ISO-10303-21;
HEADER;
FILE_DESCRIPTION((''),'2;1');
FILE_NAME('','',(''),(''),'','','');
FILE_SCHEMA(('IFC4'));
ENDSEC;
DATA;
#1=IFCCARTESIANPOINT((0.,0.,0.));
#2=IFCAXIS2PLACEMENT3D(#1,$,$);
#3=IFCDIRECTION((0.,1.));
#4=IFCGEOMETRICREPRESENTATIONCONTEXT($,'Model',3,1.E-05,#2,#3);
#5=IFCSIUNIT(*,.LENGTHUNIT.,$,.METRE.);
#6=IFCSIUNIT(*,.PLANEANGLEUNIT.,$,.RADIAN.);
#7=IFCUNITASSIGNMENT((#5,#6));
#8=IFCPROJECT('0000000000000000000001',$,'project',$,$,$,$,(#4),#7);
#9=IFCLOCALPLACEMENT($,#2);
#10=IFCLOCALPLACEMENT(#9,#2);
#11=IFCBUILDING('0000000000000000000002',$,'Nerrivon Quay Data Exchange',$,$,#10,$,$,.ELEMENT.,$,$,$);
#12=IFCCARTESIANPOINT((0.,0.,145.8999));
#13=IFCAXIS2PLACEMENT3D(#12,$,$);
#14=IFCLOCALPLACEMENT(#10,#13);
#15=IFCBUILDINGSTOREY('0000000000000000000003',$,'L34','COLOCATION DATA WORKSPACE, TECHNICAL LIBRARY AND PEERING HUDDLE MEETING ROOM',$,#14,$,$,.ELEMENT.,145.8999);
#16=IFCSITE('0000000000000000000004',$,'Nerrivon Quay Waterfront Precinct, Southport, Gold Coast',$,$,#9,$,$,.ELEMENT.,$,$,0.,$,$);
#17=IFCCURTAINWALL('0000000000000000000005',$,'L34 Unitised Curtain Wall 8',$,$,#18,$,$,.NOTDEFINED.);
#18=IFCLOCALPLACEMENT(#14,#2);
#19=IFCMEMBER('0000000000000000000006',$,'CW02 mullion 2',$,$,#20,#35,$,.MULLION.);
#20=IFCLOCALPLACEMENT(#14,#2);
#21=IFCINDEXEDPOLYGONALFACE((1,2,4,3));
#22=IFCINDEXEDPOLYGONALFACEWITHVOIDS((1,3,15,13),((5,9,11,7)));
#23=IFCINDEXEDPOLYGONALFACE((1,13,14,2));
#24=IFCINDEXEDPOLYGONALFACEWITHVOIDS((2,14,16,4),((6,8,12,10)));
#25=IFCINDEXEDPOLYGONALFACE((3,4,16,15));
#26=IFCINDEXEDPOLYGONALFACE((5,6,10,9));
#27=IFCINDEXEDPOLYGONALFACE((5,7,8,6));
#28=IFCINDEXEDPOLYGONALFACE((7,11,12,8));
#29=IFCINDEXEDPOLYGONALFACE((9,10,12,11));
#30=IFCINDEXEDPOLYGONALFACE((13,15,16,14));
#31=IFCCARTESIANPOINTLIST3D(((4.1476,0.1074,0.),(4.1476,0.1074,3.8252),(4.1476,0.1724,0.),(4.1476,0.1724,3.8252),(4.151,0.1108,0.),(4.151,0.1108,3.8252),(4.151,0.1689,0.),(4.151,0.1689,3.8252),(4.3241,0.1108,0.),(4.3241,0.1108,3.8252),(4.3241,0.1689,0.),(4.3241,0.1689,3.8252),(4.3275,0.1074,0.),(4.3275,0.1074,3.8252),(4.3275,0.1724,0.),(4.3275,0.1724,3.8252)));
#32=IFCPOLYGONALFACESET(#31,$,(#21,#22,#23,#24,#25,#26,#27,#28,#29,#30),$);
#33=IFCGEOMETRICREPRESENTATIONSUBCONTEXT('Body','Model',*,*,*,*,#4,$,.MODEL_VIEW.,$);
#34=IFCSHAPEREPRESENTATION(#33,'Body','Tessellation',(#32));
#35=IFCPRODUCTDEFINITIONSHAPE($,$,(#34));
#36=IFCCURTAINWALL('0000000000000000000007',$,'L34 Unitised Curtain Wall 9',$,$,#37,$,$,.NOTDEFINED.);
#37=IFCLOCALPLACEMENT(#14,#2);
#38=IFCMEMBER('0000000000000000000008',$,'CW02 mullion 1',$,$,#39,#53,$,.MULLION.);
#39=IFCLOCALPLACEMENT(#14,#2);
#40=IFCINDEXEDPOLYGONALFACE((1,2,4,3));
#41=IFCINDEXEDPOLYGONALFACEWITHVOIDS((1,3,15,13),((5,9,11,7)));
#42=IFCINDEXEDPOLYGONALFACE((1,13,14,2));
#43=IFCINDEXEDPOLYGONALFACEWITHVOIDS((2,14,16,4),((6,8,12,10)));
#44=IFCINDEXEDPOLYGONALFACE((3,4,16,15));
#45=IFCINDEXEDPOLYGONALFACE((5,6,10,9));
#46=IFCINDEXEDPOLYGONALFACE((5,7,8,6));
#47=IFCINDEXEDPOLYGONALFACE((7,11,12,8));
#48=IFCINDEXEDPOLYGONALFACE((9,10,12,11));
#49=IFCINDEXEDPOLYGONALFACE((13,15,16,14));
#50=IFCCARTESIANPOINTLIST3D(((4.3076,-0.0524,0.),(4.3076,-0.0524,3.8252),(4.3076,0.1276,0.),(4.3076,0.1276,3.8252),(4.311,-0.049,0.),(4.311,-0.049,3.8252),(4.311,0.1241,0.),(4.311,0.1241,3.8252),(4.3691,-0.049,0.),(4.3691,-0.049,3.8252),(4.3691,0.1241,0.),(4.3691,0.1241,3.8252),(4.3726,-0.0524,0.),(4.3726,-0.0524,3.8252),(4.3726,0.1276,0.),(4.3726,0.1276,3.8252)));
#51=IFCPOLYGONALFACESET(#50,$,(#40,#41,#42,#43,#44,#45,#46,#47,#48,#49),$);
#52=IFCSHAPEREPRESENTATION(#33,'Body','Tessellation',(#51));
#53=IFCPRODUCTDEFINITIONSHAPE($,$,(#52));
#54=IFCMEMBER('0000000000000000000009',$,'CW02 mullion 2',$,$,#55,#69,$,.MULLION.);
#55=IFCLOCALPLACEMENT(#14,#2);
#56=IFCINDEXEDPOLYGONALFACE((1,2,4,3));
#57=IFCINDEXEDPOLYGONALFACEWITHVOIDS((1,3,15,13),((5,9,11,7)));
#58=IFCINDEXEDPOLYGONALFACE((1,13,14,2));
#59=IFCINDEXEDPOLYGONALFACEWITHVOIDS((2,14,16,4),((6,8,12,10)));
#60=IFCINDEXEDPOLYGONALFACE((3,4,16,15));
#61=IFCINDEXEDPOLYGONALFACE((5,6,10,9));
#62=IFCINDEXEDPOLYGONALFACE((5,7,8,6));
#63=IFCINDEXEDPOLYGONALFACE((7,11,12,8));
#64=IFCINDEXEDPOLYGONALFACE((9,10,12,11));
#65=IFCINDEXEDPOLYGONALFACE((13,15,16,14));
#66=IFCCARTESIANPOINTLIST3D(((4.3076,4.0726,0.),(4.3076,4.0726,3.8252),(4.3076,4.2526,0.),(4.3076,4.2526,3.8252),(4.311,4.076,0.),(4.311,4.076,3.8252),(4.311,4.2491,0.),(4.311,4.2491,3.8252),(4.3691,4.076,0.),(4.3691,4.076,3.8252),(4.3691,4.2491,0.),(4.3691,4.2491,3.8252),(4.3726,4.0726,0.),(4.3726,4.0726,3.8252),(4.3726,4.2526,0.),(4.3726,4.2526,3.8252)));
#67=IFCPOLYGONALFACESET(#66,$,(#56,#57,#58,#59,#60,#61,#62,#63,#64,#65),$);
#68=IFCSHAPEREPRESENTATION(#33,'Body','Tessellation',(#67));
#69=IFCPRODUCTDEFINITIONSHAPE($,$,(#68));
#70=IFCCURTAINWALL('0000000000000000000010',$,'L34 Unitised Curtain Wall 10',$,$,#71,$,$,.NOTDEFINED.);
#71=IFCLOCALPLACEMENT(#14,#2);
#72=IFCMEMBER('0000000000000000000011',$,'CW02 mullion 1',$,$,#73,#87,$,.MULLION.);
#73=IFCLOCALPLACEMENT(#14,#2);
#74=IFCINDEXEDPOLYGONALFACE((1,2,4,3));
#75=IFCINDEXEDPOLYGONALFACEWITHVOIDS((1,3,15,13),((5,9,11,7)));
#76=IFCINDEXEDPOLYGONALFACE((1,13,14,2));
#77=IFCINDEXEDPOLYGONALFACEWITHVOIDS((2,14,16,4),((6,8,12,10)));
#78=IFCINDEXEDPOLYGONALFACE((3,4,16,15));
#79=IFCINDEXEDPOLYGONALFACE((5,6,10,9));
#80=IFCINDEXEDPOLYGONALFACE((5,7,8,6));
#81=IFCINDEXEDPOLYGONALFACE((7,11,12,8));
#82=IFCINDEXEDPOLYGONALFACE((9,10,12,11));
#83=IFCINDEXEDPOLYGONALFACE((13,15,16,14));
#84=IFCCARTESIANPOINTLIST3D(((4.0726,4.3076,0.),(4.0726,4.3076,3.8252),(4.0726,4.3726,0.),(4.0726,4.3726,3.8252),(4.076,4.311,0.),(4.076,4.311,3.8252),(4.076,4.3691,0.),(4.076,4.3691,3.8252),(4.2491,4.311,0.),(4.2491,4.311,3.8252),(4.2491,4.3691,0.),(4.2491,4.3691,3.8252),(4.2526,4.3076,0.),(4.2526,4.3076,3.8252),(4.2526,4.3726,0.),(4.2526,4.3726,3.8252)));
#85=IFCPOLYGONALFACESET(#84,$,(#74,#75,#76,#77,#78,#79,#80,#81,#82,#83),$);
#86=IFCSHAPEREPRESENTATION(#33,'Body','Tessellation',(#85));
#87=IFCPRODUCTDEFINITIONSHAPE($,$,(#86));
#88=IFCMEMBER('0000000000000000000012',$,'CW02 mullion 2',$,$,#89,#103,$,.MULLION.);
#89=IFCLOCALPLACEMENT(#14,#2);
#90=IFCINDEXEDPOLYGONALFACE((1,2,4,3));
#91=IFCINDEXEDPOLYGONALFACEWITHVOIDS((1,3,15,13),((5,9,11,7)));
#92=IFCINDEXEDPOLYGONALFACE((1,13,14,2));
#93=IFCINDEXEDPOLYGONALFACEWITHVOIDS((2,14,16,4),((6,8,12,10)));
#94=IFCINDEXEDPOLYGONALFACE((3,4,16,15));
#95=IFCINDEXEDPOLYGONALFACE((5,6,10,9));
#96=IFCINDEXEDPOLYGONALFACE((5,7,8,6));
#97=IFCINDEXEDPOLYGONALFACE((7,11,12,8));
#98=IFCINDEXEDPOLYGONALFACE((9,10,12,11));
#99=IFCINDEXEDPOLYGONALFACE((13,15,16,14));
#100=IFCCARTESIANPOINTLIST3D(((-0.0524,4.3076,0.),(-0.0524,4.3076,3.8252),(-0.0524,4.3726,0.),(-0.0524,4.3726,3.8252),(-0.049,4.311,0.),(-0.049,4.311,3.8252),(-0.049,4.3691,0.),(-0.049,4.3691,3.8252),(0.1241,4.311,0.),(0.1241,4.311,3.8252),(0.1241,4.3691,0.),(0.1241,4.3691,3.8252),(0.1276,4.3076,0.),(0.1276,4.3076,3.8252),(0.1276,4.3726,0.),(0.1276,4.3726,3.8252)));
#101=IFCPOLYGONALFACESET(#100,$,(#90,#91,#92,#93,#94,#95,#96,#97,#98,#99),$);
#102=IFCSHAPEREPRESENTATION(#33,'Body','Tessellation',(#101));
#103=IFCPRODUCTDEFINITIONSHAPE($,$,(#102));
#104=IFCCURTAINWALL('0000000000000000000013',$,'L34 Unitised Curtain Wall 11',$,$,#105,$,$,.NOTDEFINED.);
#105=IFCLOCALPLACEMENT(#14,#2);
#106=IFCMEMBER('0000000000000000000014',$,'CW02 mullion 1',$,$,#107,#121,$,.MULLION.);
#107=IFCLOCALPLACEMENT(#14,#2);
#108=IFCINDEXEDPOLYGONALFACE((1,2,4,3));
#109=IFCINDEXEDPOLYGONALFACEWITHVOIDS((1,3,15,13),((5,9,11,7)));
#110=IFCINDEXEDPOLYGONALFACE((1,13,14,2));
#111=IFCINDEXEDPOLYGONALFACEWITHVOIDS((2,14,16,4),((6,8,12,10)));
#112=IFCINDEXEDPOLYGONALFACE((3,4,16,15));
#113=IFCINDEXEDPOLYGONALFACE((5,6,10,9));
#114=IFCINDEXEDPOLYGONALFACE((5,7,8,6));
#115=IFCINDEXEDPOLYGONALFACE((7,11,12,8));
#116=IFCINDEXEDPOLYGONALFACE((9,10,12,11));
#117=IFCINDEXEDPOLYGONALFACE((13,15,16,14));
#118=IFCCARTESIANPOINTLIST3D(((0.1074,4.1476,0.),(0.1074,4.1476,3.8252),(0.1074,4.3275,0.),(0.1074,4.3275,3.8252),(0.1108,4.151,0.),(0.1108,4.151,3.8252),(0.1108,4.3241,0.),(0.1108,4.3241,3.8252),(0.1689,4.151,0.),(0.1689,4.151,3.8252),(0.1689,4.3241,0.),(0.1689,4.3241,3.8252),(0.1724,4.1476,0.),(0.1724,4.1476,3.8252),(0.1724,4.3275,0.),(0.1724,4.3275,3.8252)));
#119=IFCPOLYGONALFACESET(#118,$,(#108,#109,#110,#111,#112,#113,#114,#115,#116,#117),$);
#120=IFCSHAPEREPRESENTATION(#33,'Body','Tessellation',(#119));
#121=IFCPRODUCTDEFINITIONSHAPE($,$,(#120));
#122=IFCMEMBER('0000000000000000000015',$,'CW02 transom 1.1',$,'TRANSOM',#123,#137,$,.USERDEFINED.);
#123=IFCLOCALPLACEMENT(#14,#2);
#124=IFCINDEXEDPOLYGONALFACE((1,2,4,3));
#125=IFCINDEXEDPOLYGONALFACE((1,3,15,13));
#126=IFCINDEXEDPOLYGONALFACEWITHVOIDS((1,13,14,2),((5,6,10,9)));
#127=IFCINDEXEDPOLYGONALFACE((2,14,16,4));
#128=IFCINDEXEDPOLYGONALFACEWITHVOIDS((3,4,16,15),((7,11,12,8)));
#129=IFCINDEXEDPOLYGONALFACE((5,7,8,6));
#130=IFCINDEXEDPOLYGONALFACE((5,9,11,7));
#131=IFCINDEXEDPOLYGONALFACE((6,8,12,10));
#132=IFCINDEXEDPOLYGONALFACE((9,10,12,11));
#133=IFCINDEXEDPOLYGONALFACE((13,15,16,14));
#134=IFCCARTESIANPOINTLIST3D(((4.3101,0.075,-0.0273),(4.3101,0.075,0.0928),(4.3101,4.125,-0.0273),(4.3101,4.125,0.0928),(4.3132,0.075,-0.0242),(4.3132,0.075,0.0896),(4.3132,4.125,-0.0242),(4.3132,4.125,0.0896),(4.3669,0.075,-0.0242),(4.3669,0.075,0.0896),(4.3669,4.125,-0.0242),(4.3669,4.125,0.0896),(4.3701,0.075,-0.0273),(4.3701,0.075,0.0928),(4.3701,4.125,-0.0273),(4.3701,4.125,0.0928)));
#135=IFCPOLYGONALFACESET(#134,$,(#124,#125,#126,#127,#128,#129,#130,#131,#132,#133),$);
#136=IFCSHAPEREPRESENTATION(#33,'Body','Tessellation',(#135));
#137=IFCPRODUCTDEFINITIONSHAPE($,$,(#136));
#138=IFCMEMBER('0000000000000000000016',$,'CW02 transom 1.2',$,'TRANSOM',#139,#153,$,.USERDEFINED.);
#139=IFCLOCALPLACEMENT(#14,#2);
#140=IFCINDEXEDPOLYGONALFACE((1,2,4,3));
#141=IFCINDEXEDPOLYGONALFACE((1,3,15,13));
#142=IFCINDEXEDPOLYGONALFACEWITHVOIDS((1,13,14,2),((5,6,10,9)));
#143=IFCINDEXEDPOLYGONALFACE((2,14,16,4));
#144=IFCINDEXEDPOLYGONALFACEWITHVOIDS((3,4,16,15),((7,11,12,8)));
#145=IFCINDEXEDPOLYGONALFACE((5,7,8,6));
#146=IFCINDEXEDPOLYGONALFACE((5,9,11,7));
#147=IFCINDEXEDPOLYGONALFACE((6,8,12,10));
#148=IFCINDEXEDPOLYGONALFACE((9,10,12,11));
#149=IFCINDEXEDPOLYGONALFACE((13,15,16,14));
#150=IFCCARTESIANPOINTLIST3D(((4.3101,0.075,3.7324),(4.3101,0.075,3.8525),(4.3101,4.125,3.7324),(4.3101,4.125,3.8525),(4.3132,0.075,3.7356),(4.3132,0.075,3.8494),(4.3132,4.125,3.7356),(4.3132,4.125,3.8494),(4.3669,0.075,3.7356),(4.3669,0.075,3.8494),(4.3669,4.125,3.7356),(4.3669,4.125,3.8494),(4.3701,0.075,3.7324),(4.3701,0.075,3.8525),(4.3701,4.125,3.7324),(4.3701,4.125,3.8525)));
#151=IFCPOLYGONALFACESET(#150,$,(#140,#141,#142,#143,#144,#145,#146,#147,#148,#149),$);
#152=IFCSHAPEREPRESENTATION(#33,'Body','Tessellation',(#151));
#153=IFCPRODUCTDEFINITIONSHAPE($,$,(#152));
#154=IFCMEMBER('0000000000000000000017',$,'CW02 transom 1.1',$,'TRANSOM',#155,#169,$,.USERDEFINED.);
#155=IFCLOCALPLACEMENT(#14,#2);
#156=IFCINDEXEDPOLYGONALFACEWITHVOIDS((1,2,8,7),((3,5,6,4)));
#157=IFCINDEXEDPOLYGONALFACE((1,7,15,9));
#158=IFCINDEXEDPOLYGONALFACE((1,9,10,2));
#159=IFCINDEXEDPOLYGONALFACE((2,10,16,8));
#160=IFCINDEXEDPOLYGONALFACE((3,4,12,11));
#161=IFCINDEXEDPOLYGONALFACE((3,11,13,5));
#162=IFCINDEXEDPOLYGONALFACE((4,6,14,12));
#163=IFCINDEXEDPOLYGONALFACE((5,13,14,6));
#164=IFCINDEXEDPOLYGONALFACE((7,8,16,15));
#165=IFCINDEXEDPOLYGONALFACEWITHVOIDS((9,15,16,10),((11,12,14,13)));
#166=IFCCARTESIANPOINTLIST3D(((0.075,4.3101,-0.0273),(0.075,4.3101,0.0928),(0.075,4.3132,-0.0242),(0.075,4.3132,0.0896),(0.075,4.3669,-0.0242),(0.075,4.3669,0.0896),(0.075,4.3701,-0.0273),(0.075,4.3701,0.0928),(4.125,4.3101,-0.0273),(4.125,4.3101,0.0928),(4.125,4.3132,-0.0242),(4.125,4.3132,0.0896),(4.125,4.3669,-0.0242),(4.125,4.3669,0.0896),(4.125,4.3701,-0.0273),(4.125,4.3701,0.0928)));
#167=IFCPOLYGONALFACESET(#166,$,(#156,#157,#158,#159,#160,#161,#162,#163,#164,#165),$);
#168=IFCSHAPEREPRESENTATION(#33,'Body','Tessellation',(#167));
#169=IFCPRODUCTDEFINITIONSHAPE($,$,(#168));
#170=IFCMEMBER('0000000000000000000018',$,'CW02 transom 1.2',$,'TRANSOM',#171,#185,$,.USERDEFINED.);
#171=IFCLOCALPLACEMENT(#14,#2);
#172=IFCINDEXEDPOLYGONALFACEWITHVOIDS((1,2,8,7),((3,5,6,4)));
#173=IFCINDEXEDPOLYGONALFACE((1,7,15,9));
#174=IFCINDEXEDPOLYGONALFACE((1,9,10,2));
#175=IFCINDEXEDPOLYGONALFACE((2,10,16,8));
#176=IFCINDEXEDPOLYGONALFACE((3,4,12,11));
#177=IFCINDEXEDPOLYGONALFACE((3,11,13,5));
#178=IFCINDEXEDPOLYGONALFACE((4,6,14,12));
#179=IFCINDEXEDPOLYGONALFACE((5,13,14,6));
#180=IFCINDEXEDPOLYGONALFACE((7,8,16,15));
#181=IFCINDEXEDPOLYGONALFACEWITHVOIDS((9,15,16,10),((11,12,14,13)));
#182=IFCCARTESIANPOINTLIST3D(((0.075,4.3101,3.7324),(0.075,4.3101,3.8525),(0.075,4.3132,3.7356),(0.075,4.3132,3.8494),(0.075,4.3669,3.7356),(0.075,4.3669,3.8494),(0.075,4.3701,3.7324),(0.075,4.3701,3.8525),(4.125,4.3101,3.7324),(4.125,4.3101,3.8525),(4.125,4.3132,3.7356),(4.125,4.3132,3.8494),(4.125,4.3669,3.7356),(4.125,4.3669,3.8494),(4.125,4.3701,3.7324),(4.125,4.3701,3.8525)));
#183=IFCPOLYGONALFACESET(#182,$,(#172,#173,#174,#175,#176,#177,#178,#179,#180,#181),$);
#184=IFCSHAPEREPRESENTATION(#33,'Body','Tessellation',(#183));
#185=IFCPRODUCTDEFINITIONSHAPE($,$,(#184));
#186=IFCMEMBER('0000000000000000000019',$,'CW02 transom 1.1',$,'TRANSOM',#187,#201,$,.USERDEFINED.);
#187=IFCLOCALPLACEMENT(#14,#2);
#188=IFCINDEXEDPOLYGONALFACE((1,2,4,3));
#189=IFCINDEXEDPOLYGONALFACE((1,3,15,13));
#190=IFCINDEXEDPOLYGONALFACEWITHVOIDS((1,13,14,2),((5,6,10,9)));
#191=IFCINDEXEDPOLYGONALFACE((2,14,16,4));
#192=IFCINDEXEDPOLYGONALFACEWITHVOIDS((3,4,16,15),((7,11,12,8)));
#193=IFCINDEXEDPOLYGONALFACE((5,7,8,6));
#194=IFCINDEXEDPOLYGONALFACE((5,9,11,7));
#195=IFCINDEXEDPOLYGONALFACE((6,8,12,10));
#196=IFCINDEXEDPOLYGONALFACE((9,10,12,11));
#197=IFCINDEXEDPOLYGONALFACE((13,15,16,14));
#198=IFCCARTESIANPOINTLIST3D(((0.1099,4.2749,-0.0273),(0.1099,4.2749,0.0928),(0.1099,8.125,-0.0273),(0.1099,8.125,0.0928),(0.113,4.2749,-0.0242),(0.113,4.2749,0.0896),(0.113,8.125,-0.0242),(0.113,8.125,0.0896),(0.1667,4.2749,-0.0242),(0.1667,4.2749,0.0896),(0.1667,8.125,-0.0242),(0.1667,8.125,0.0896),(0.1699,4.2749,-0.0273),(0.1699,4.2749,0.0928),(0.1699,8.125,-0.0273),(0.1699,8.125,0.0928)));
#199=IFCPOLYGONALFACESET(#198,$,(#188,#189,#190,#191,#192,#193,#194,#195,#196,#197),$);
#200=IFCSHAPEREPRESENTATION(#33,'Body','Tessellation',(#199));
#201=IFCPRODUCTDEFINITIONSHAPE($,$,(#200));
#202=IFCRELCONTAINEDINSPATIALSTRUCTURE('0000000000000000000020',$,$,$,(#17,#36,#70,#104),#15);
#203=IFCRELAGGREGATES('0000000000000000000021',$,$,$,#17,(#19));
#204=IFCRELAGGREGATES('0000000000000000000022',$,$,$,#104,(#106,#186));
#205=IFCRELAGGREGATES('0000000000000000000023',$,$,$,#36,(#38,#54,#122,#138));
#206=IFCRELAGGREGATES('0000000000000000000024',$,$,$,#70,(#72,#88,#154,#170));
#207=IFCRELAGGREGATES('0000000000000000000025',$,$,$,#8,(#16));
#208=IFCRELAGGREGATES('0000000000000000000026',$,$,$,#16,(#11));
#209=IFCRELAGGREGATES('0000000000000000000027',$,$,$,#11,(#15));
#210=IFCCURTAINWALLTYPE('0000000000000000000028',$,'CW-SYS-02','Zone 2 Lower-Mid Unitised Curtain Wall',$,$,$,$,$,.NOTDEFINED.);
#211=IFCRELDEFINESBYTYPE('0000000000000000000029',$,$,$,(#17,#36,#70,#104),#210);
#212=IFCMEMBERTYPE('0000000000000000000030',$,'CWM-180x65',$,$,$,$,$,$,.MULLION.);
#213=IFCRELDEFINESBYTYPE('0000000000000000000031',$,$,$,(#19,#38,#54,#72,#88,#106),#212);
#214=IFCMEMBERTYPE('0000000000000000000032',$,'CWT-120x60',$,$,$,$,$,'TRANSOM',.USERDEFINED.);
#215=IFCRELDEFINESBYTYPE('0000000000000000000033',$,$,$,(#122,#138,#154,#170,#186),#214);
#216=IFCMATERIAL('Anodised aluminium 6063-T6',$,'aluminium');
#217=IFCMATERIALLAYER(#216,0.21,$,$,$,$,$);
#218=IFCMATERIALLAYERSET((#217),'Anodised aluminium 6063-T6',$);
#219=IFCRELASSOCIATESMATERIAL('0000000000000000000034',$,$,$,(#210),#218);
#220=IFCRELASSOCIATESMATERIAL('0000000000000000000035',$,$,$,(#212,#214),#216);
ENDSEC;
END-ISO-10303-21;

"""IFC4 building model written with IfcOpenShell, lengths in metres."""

from ifc_helpers import new_model, si_unit, direction, frame, origin, origin_2d, place, context, subcontext, project, spatial, hollow_rectangle, extrude, material, layer, layer_set, material_profile, profile_set, type_object, element, aggregate, save


model = new_model("IFC4")

# Units and contexts
model_context = context("Model", 3, precision=1e-05, world=origin(), true_north=direction((0.0, 1.0)))
body_context = subcontext(model_context, "Body", "Model", "MODEL_VIEW")
ifc_project = project(units=[si_unit("LENGTHUNIT", "METRE"), si_unit("PLANEANGLEUNIT", "RADIAN")], contexts=[model_context])

# Site, building, storey
site_placement = place(None, origin())
site = spatial("IfcSite", under=ifc_project, at=site_placement, Name="Nerrivon Quay Waterfront Precinct, Southport, Gold Coast", CompositionType="ELEMENT", RefElevation=0.0)
building_placement = place(site_placement, origin())
building = spatial("IfcBuilding", under=site, at=building_placement, Name="Nerrivon Quay Data Exchange", CompositionType="ELEMENT")
storey_placement = place(building_placement, frame((0.0, 0.0, 145.8999)))
storey = spatial("IfcBuildingStorey", under=building, at=storey_placement, Name="L34", Description="COLOCATION DATA WORKSPACE, TECHNICAL LIBRARY AND PEERING HUDDLE MEETING ROOM", CompositionType="ELEMENT", Elevation=145.8999)

# Curtain wall, member
ifc_material_1 = material(Name="Anodised aluminium 6063-T6", Category="aluminium")
ifc_layer_1 = layer(ifc_material_1, 0.21)
ifc_layer_set_1 = layer_set([ifc_layer_1], Name="Anodised aluminium 6063-T6")
curtain_wall_type = type_object("IfcCurtainWallType", Name="CW-SYS-02", Description="Zone 2 Lower-Mid Unitised Curtain Wall", PredefinedType="NOTDEFINED", material=ifc_layer_set_1)
curtain_wall_1_placement = place(storey_placement, origin())
curtain_wall_1 = element("IfcCurtainWall", 1, at=curtain_wall_1_placement, inside=storey, type_object=curtain_wall_type, Name="L34 Unitised Curtain Wall 8", PredefinedType="NOTDEFINED")
ifc_material_profile_1 = material_profile(ifc_material_1, hollow_rectangle(XDim=0.0649, YDim=0.1799, WallThickness=0.0034, at=origin_2d()), Name="ALU-MULL-180x65")
ifc_profile_set_1 = profile_set([ifc_material_profile_1], Name="Anodised aluminium 6063-T6")
member_type_1 = type_object("IfcMemberType", Name="CWM-180x65", PredefinedType="MULLION", material=ifc_profile_set_1)
member_1_placement = place(storey_placement, frame((4.2375, 0.1399, 0.0), z_axis=(0.0, 0.0, 1.0), x_axis=(0.0, -1.0, 0.0)))
member_1 = element("IfcMember", 2, at=member_1_placement, type_object=member_type_1, Name="CW02 mullion 2", PredefinedType="MULLION", context=body_context, shape_type="SweptSolid", body=[
    extrude(hollow_rectangle(XDim=0.0649, YDim=0.1799, WallThickness=0.0034, at=origin_2d()), origin(), (0.0, 0.0, 1.0), 3.8252),
])
aggregate(curtain_wall_1, [member_1])

# Curtain walls, members
curtain_wall_2_placement = place(storey_placement, origin())
curtain_wall_2 = element("IfcCurtainWall", 3, at=curtain_wall_2_placement, inside=storey, type_object=curtain_wall_type, Name="L34 Unitised Curtain Wall 9", PredefinedType="NOTDEFINED")
member_2_placement = place(storey_placement, frame((4.3401, 0.0376, 0.0), z_axis=(0.0, 0.0, 1.0), x_axis=(-1.0, 0.0, 0.0)))
member_2 = element("IfcMember", 4, at=member_2_placement, type_object=member_type_1, Name="CW02 mullion 1", PredefinedType="MULLION", context=body_context, shape_type="SweptSolid", body=[
    extrude(hollow_rectangle(XDim=0.0649, YDim=0.1799, WallThickness=0.0034, at=origin_2d()), origin(), (0.0, 0.0, 1.0), 3.8252),
])
member_3_placement = place(storey_placement, frame((4.3401, 4.1626, 0.0), z_axis=(0.0, 0.0, 1.0), x_axis=(-1.0, 0.0, 0.0)))
member_3 = element("IfcMember", 5, at=member_3_placement, type_object=member_type_1, Name="CW02 mullion 2", PredefinedType="MULLION", context=body_context, shape_type="SweptSolid", body=[
    extrude(hollow_rectangle(XDim=0.0649, YDim=0.1799, WallThickness=0.0034, at=origin_2d()), origin(), (0.0, 0.0, 1.0), 3.8252),
])
curtain_wall_3_placement = place(storey_placement, origin())
curtain_wall_3 = element("IfcCurtainWall", 6, at=curtain_wall_3_placement, inside=storey, type_object=curtain_wall_type, Name="L34 Unitised Curtain Wall 10", PredefinedType="NOTDEFINED")
member_4_placement = place(storey_placement, frame((4.1626, 4.3401, 0.0), z_axis=(0.0, 0.0, 1.0), x_axis=(0.0, -1.0, 0.0)))
member_4 = element("IfcMember", 7, at=member_4_placement, type_object=member_type_1, Name="CW02 mullion 1", PredefinedType="MULLION", context=body_context, shape_type="SweptSolid", body=[
    extrude(hollow_rectangle(XDim=0.0649, YDim=0.1799, WallThickness=0.0034, at=origin_2d()), origin(), (0.0, 0.0, 1.0), 3.8252),
])
member_5_placement = place(storey_placement, frame((0.0376, 4.3401, 0.0), z_axis=(0.0, 0.0, 1.0), x_axis=(0.0, -1.0, 0.0)))
member_5 = element("IfcMember", 8, at=member_5_placement, type_object=member_type_1, Name="CW02 mullion 2", PredefinedType="MULLION", context=body_context, shape_type="SweptSolid", body=[
    extrude(hollow_rectangle(XDim=0.0649, YDim=0.1799, WallThickness=0.0034, at=origin_2d()), origin(), (0.0, 0.0, 1.0), 3.8252),
])

# Curtain wall, member
curtain_wall_4_placement = place(storey_placement, origin())
curtain_wall_4 = element("IfcCurtainWall", 9, at=curtain_wall_4_placement, inside=storey, type_object=curtain_wall_type, Name="L34 Unitised Curtain Wall 11", PredefinedType="NOTDEFINED")
member_6_placement = place(storey_placement, frame((0.1399, 4.2375, 0.0), z_axis=(0.0, 0.0, 1.0), x_axis=(-1.0, 0.0, 0.0)))
member_6 = element("IfcMember", 10, at=member_6_placement, type_object=member_type_1, Name="CW02 mullion 1", PredefinedType="MULLION", context=body_context, shape_type="SweptSolid", body=[
    extrude(hollow_rectangle(XDim=0.0649, YDim=0.1799, WallThickness=0.0034, at=origin_2d()), origin(), (0.0, 0.0, 1.0), 3.8252),
])

# Members
ifc_material_profile_2 = material_profile(ifc_material_1, hollow_rectangle(XDim=0.0601, YDim=0.1201, WallThickness=0.0032, at=origin_2d()), Name="ALU-TRAN-120x60")
ifc_profile_set_2 = profile_set([ifc_material_profile_2], Name="Anodised aluminium 6063-T6")
member_type_2 = type_object("IfcMemberType", Name="CWT-120x60", ElementType="TRANSOM", PredefinedType="USERDEFINED", material=ifc_profile_set_2)
member_7_placement = place(storey_placement, frame((4.3401, 0.075, 0.0327), z_axis=(0.0, 1.0, 0.0), x_axis=(-1.0, 0.0, 0.0)))
member_7 = element("IfcMember", 11, at=member_7_placement, type_object=member_type_2, Name="CW02 transom 1.1", ObjectType="TRANSOM", PredefinedType="USERDEFINED", context=body_context, shape_type="SweptSolid", body=[
    extrude(hollow_rectangle(XDim=0.0601, YDim=0.1201, WallThickness=0.0032, at=origin_2d()), origin(), (0.0, 0.0, 1.0), 4.05),
])
member_8_placement = place(storey_placement, frame((4.3401, 0.075, 3.7925), z_axis=(0.0, 1.0, 0.0), x_axis=(-1.0, 0.0, 0.0)))
member_8 = element("IfcMember", 12, at=member_8_placement, type_object=member_type_2, Name="CW02 transom 1.2", ObjectType="TRANSOM", PredefinedType="USERDEFINED", context=body_context, shape_type="SweptSolid", body=[
    extrude(hollow_rectangle(XDim=0.0601, YDim=0.1201, WallThickness=0.0032, at=origin_2d()), origin(), (0.0, 0.0, 1.0), 4.05),
])
member_9_placement = place(storey_placement, frame((4.125, 4.3401, 0.0327), z_axis=(-1.0, 0.0, 0.0), x_axis=(0.0, -1.0, 0.0)))
member_9 = element("IfcMember", 13, at=member_9_placement, type_object=member_type_2, Name="CW02 transom 1.1", ObjectType="TRANSOM", PredefinedType="USERDEFINED", context=body_context, shape_type="SweptSolid", body=[
    extrude(hollow_rectangle(XDim=0.0601, YDim=0.1201, WallThickness=0.0032, at=origin_2d()), origin(), (0.0, 0.0, 1.0), 4.05),
])
member_10_placement = place(storey_placement, frame((4.125, 4.3401, 3.7925), z_axis=(-1.0, 0.0, 0.0), x_axis=(0.0, -1.0, 0.0)))
member_10 = element("IfcMember", 14, at=member_10_placement, type_object=member_type_2, Name="CW02 transom 1.2", ObjectType="TRANSOM", PredefinedType="USERDEFINED", context=body_context, shape_type="SweptSolid", body=[
    extrude(hollow_rectangle(XDim=0.0601, YDim=0.1201, WallThickness=0.0032, at=origin_2d()), origin(), (0.0, 0.0, 1.0), 4.05),
])
member_11_placement = place(storey_placement, frame((0.1399, 4.2749, 0.0327), z_axis=(0.0, 1.0, 0.0), x_axis=(-1.0, 0.0, 0.0)))
member_11 = element("IfcMember", 15, at=member_11_placement, type_object=member_type_2, Name="CW02 transom 1.1", ObjectType="TRANSOM", PredefinedType="USERDEFINED", context=body_context, shape_type="SweptSolid", body=[
    extrude(hollow_rectangle(XDim=0.0601, YDim=0.1201, WallThickness=0.0032, at=origin_2d()), origin(), (0.0, 0.0, 1.0), 3.8501),
])
aggregate(curtain_wall_4, [member_6, member_11])

aggregate(curtain_wall_2, [member_2, member_3, member_7, member_8])
aggregate(curtain_wall_3, [member_4, member_5, member_9, member_10])

save(model, "model.ifc")
